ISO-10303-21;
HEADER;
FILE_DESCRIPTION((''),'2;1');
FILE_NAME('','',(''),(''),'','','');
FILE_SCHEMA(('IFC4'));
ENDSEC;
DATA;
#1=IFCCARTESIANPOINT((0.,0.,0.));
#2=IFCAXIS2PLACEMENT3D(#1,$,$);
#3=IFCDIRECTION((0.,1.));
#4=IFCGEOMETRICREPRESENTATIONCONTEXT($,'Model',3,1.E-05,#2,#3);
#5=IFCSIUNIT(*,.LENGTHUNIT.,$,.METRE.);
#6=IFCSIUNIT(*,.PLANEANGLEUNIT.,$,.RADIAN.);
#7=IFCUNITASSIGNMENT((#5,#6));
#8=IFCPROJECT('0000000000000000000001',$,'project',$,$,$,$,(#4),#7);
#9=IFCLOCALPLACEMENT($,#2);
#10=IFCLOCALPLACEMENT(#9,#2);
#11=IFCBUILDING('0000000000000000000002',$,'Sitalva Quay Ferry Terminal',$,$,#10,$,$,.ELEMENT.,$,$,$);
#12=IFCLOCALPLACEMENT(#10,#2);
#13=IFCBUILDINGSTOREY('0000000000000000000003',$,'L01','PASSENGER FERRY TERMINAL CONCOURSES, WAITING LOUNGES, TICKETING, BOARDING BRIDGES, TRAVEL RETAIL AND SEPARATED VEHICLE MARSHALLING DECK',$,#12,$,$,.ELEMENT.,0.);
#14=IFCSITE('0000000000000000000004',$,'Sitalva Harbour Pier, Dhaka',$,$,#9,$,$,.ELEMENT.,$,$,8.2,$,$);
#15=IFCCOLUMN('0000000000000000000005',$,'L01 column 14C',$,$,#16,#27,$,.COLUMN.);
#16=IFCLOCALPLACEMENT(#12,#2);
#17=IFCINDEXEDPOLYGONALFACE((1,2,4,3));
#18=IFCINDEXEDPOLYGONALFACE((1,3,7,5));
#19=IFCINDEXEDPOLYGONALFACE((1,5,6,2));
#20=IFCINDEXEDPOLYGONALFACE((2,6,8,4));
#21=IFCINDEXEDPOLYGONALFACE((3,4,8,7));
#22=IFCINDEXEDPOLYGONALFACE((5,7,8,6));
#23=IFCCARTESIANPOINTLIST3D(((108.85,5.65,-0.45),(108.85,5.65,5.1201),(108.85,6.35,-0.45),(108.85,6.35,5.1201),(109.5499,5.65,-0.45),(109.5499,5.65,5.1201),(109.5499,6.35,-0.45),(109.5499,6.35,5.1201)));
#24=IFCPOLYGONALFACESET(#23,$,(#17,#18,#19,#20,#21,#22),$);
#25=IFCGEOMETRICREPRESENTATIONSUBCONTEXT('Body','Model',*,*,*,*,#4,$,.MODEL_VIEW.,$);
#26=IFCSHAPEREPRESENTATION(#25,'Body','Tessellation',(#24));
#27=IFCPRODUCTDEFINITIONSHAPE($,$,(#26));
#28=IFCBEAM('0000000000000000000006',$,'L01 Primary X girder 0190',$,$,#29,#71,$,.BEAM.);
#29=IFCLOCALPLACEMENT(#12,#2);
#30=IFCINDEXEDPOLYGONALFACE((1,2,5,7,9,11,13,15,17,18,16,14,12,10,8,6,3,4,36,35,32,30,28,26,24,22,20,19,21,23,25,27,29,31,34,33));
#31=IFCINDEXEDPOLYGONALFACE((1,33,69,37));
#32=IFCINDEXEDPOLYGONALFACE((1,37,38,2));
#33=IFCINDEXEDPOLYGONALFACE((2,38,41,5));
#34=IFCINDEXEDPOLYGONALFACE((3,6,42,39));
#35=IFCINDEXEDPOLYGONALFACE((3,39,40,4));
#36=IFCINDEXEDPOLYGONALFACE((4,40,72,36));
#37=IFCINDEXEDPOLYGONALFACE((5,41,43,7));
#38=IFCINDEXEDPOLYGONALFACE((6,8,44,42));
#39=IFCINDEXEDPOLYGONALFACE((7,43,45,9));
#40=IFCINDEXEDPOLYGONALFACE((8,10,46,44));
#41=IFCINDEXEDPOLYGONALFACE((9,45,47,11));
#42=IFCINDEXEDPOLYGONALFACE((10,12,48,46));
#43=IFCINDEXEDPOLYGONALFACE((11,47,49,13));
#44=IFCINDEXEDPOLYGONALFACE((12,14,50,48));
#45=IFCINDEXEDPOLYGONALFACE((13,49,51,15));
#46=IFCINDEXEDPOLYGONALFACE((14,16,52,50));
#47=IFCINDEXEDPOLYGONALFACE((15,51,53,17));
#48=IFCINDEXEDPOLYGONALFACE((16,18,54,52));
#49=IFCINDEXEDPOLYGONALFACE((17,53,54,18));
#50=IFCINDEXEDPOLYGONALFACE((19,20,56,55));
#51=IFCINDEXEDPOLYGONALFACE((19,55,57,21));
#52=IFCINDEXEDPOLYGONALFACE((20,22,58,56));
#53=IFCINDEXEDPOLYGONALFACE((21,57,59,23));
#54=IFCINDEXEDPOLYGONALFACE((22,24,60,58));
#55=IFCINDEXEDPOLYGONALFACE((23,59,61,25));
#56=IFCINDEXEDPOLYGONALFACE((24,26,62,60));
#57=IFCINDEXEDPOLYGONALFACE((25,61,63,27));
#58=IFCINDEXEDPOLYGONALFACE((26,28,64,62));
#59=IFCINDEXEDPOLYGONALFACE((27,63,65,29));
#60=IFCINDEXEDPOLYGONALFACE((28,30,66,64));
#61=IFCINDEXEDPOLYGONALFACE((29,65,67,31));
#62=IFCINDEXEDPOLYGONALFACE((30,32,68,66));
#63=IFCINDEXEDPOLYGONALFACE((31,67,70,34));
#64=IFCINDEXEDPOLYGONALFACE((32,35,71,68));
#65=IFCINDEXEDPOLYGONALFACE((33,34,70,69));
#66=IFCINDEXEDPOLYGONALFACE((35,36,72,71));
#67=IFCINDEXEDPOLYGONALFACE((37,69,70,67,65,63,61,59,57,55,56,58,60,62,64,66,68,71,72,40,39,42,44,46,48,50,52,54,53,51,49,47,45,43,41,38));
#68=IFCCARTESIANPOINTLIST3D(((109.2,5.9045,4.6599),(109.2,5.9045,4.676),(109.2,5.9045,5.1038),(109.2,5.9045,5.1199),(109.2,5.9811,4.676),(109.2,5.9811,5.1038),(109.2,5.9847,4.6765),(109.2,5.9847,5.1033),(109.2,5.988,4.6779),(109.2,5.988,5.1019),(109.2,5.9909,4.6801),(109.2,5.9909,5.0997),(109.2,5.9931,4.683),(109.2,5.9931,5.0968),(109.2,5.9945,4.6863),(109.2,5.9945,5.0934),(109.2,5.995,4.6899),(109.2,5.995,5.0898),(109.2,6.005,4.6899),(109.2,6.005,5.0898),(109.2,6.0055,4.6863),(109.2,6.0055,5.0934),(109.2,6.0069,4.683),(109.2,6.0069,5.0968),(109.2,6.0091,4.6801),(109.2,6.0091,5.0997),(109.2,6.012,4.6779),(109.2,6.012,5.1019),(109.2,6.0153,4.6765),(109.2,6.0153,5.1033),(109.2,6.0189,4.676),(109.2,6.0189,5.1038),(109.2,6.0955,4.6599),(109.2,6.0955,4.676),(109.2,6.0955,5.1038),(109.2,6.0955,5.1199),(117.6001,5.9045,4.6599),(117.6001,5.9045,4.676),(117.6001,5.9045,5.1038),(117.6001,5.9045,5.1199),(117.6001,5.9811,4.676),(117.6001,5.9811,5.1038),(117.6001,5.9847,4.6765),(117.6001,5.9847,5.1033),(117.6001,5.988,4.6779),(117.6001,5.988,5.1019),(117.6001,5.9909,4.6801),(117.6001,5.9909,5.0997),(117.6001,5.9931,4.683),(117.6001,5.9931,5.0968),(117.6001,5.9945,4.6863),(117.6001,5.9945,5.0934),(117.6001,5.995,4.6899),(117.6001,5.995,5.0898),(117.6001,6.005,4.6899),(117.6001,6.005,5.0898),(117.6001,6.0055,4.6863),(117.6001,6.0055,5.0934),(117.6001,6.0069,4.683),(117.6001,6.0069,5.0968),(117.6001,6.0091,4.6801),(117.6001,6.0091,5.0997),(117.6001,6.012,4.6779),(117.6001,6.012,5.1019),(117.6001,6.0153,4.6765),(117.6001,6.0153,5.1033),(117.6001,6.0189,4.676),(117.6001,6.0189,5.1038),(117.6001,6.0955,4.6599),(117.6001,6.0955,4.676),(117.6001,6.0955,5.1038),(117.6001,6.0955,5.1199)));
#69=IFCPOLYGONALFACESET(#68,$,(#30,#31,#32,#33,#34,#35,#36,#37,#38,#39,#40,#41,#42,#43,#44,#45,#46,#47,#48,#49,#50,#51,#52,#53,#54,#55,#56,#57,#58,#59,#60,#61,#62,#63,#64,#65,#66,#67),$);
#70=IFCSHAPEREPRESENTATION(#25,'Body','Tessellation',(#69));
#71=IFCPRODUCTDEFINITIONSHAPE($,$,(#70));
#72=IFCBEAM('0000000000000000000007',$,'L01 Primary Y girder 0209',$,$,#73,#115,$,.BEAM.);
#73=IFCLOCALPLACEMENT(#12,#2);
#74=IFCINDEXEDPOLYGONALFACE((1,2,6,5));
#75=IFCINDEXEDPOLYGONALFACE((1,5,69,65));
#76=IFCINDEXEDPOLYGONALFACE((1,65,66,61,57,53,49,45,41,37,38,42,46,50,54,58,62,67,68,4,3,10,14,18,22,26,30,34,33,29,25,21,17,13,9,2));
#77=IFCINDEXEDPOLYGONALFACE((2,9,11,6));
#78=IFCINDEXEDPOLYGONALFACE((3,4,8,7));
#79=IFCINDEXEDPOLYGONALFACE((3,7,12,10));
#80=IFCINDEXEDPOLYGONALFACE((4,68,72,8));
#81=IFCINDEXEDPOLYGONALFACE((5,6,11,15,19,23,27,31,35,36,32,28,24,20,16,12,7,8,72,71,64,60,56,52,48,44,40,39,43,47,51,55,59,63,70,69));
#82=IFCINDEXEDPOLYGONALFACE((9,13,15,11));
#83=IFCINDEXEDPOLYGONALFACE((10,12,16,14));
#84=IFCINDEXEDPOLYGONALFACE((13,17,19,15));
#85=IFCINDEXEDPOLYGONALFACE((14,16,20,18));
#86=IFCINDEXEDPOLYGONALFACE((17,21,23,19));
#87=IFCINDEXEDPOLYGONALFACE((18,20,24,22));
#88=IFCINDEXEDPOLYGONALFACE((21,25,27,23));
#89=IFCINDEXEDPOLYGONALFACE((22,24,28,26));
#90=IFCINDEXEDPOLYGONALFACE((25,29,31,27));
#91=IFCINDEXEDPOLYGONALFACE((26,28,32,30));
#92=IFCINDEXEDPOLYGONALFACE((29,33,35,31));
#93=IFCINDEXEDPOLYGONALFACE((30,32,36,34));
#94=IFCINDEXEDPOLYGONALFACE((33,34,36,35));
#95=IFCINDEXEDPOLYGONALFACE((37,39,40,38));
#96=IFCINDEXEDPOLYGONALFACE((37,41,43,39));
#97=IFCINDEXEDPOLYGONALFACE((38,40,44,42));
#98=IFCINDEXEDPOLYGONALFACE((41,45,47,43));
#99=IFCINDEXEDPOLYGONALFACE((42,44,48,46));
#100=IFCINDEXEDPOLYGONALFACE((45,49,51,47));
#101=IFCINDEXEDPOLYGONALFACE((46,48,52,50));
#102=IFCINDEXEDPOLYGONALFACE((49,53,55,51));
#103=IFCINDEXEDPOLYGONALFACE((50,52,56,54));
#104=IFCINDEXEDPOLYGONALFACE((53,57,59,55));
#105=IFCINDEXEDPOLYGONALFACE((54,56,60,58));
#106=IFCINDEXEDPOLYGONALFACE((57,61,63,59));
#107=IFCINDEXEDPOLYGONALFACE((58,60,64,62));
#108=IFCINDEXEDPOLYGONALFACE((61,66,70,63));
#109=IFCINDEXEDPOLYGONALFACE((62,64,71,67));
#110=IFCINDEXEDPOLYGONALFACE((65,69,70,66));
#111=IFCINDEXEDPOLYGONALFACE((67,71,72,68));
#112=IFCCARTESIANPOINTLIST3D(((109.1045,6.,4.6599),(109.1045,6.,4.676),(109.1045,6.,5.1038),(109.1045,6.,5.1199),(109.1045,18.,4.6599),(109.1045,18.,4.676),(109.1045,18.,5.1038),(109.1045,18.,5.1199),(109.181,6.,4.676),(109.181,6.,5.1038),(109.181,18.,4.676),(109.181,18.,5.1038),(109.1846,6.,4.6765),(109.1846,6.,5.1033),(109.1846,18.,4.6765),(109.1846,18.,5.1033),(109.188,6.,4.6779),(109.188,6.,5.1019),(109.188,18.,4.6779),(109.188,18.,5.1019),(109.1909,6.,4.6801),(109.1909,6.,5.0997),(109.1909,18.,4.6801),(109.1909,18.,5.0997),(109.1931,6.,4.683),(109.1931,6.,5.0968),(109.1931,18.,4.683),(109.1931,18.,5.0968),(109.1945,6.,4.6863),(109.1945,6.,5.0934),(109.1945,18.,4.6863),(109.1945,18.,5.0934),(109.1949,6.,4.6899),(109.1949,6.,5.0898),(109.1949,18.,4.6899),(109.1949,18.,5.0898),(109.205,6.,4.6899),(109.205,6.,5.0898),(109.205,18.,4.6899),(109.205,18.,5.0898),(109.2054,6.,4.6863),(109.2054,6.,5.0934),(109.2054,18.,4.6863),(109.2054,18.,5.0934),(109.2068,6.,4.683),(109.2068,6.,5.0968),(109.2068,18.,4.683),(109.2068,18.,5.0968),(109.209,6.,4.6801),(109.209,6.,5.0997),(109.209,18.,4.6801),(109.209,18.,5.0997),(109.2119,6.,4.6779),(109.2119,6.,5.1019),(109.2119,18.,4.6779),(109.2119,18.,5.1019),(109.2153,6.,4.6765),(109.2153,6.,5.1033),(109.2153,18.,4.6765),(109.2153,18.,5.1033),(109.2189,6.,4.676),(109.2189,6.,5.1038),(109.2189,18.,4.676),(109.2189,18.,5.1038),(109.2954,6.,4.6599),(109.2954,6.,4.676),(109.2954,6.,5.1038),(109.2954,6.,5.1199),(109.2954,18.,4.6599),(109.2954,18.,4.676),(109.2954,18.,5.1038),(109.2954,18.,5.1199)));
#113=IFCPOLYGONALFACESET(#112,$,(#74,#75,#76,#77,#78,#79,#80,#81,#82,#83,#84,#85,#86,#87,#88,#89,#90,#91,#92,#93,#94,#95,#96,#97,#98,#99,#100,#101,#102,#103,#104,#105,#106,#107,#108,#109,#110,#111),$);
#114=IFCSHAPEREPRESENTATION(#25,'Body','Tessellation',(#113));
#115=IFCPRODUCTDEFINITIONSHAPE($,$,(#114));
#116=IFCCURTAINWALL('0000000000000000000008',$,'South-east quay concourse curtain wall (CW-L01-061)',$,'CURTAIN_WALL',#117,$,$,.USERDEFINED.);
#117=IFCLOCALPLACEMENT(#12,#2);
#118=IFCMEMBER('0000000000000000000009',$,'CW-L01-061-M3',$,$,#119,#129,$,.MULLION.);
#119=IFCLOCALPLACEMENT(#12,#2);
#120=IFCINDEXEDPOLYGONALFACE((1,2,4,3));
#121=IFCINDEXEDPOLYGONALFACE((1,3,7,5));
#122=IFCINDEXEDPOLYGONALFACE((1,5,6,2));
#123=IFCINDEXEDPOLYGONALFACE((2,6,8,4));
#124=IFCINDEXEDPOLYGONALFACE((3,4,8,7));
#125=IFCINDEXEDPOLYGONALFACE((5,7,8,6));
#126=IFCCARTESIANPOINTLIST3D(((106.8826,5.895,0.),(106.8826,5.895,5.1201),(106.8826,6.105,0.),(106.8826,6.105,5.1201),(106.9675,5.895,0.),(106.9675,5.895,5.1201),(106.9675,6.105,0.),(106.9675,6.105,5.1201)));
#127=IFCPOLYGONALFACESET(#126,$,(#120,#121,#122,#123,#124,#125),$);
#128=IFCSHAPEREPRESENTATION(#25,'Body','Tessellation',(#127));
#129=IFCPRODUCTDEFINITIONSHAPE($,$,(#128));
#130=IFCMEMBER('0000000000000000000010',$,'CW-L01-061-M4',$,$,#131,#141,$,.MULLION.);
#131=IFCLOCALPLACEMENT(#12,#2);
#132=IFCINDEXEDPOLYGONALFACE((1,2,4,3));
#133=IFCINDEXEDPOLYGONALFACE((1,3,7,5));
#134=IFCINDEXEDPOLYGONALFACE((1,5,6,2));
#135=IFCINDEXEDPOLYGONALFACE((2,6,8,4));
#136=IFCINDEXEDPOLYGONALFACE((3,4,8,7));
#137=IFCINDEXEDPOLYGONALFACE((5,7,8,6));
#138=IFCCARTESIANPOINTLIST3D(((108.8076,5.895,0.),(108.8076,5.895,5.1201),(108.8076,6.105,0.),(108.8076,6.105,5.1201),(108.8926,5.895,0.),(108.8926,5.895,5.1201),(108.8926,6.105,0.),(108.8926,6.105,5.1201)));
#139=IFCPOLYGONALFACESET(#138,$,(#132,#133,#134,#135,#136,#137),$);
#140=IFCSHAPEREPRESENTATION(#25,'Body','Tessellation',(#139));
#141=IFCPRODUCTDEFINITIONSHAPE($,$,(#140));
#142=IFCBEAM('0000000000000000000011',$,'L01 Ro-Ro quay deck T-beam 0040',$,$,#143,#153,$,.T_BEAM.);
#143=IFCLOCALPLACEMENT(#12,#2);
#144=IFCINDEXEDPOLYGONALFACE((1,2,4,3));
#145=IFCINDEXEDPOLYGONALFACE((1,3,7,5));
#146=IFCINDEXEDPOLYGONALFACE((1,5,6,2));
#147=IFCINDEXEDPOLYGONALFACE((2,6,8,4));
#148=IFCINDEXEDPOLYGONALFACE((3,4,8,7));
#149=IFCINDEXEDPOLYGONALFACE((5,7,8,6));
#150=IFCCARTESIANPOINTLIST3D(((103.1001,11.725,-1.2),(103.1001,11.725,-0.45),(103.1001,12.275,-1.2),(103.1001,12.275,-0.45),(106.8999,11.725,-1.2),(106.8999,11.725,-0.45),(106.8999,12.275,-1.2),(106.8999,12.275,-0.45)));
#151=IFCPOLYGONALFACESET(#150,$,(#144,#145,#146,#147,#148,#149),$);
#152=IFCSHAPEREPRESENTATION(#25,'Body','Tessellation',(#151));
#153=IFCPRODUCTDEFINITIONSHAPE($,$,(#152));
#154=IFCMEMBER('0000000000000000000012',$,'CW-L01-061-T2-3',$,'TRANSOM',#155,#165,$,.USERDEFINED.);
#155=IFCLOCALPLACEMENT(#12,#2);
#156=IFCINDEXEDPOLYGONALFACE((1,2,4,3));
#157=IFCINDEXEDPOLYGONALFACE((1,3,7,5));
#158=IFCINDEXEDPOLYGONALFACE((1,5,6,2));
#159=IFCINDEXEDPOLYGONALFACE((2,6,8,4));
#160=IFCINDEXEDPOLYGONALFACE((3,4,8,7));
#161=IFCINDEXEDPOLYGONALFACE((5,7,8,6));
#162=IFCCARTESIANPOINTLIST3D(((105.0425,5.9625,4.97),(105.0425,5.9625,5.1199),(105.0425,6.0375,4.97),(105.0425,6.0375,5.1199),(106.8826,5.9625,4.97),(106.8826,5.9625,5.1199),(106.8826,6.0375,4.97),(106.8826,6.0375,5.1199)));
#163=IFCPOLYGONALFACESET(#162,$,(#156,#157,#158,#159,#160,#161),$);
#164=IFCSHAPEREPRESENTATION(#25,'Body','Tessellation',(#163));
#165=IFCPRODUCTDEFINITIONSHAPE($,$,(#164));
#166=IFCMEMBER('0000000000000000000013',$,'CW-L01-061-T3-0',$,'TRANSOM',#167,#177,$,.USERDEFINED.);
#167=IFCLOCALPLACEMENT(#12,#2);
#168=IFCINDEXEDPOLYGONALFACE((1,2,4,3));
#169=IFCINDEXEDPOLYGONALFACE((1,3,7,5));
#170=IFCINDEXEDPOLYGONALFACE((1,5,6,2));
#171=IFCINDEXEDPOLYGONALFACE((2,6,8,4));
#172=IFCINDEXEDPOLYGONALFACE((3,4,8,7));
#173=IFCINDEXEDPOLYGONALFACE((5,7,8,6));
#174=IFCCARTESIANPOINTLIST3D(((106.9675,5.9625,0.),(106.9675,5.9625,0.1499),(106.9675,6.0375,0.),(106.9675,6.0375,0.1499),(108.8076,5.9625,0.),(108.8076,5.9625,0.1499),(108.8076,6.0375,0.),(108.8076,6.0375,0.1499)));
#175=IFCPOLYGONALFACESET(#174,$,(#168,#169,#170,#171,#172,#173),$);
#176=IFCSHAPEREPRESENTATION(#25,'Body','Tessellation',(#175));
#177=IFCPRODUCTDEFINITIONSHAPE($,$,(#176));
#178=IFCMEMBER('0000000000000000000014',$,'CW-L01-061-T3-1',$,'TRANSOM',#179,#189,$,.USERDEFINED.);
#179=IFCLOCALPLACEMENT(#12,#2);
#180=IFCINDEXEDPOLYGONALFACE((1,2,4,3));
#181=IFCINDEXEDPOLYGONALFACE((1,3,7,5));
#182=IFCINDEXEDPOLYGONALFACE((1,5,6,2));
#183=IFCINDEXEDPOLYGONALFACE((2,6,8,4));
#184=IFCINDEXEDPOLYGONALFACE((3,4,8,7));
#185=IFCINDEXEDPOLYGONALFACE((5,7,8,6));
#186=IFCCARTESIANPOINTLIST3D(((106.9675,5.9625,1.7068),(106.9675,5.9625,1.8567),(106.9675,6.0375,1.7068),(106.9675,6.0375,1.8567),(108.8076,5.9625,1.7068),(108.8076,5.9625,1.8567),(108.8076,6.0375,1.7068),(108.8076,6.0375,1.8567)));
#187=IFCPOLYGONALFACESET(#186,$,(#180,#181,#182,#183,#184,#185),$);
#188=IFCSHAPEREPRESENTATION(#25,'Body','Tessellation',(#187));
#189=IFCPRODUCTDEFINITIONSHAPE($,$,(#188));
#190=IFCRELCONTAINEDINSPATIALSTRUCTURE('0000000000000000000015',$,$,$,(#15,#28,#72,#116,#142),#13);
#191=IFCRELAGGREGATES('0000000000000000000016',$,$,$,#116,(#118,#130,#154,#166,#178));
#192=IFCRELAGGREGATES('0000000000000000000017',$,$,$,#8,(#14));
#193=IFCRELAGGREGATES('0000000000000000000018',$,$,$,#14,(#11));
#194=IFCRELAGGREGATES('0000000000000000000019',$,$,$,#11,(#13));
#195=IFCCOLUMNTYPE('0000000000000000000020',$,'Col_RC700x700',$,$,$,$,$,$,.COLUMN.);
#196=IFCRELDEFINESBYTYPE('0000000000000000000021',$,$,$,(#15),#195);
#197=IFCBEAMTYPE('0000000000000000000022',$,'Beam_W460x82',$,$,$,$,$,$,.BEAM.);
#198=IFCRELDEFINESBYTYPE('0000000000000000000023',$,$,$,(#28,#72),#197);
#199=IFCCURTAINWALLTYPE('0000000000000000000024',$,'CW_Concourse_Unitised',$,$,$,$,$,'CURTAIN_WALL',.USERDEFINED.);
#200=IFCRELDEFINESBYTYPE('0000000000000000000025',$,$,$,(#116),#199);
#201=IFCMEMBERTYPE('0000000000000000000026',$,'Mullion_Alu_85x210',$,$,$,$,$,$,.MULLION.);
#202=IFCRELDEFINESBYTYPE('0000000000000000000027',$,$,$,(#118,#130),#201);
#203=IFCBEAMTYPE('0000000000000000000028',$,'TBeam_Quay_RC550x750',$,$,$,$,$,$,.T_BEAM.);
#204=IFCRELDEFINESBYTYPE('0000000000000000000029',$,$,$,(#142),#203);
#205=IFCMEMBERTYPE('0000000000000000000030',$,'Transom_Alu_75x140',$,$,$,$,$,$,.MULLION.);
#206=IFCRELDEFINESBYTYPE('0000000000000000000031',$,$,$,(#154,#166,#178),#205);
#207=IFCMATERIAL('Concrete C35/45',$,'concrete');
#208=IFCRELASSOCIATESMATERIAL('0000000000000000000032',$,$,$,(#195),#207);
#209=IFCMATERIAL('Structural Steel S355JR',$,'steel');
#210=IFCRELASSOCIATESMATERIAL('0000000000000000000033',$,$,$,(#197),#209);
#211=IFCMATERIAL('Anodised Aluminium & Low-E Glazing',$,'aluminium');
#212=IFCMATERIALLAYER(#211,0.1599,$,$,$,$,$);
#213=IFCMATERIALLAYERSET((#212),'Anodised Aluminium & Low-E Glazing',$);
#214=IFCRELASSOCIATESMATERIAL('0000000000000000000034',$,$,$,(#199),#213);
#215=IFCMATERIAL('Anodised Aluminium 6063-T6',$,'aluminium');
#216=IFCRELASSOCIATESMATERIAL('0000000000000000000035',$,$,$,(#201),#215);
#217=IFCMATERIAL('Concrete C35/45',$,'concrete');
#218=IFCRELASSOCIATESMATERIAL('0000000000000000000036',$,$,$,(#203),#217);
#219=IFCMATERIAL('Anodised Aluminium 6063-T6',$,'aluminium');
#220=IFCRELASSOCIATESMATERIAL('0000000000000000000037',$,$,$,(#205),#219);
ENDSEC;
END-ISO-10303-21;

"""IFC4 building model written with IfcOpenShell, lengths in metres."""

from ifc_helpers import new_model, si_unit, direction, frame, origin, origin_2d, place, context, subcontext, project, spatial, rectangle, i_section, extrude, material, layer, layer_set, material_profile, profile_set, type_object, element, aggregate, save


model = new_model("IFC4")

# Units and contexts
model_context = context("Model", 3, precision=1e-05, world=origin(), true_north=direction((0.0, 1.0)))
body_context = subcontext(model_context, "Body", "Model", "MODEL_VIEW")
ifc_project = project(units=[si_unit("LENGTHUNIT", "METRE"), si_unit("PLANEANGLEUNIT", "RADIAN")], contexts=[model_context])

# Site, building, storey
site_placement = place(None, origin())
site = spatial("IfcSite", under=ifc_project, at=site_placement, Name="Sitalva Harbour Pier, Dhaka", CompositionType="ELEMENT", RefElevation=8.2)
building_placement = place(site_placement, origin())
building = spatial("IfcBuilding", under=site, at=building_placement, Name="Sitalva Quay Ferry Terminal", CompositionType="ELEMENT")
storey_placement = place(building_placement, origin())
storey = spatial("IfcBuildingStorey", under=building, at=storey_placement, Name="L01", Description="PASSENGER FERRY TERMINAL CONCOURSES, WAITING LOUNGES, TICKETING, BOARDING BRIDGES, TRAVEL RETAIL AND SEPARATED VEHICLE MARSHALLING DECK", CompositionType="ELEMENT", Elevation=0.0)

# Column
ifc_material_1 = material(Name="Concrete C35/45", Category="concrete")
ifc_material_profile_1 = material_profile(ifc_material_1, rectangle(XDim=0.7, YDim=0.7, at=origin_2d()), Name="RC700x700")
ifc_profile_set_1 = profile_set([ifc_material_profile_1], Name="Concrete C35/45")
column_type = type_object("IfcColumnType", Name="Col_RC700x700", PredefinedType="COLUMN", material=ifc_profile_set_1)
column_placement = place(storey_placement, frame((109.2, 6.0, -0.45), z_axis=(0.0, 0.0, 1.0), x_axis=(1.0, 0.0, 0.0)))
element("IfcColumn", 1, at=column_placement, inside=storey, type_object=column_type, Name="L01 column 14C", PredefinedType="COLUMN", context=body_context, shape_type="SweptSolid", body=[
    extrude(rectangle(XDim=0.7, YDim=0.7, at=origin_2d()), origin(), (0.0, 0.0, 1.0), 5.5701),
])

# Beams
ifc_material_2 = material(Name="Structural Steel S355JR", Category="steel")
ifc_material_profile_2 = material_profile(ifc_material_2, i_section(OverallWidth=0.1909, OverallDepth=0.46, WebThickness=0.01, FlangeThickness=0.0161, FilletRadius=0.0139, at=origin_2d()), Name="W460x82")
ifc_profile_set_2 = profile_set([ifc_material_profile_2], Name="Structural Steel S355JR")
beam_type_1 = type_object("IfcBeamType", Name="Beam_W460x82", PredefinedType="BEAM", material=ifc_profile_set_2)
beam_1_placement = place(storey_placement, frame((109.2, 6.0, 4.8899), z_axis=(1.0, 0.0, 0.0), x_axis=(0.0, 1.0, 0.0)))
element("IfcBeam", 2, at=beam_1_placement, inside=storey, type_object=beam_type_1, Name="L01 Primary X girder 0190", PredefinedType="BEAM", context=body_context, shape_type="SweptSolid", body=[
    extrude(i_section(OverallWidth=0.1909, OverallDepth=0.46, WebThickness=0.01, FlangeThickness=0.0161, FilletRadius=0.0139, at=origin_2d()), origin(), (0.0, 0.0, 1.0), 8.4001),
])
beam_2_placement = place(storey_placement, frame((109.2, 6.0, 4.8899), z_axis=(0.0, 1.0, 0.0), x_axis=(-1.0, 0.0, 0.0)))
element("IfcBeam", 3, at=beam_2_placement, inside=storey, type_object=beam_type_1, Name="L01 Primary Y girder 0209", PredefinedType="BEAM", context=body_context, shape_type="SweptSolid", body=[
    extrude(i_section(OverallWidth=0.1909, OverallDepth=0.46, WebThickness=0.01, FlangeThickness=0.0161, FilletRadius=0.0139, at=origin_2d()), origin(), (0.0, 0.0, 1.0), 12.0),
])

# Curtain wall, members
ifc_material_3 = material(Name="Anodised Aluminium & Low-E Glazing", Category="aluminium")
ifc_layer_1 = layer(ifc_material_3, 0.1599)
ifc_layer_set_1 = layer_set([ifc_layer_1], Name="Anodised Aluminium & Low-E Glazing")
curtain_wall_type = type_object("IfcCurtainWallType", Name="CW_Concourse_Unitised", ElementType="CURTAIN_WALL", PredefinedType="USERDEFINED", material=ifc_layer_set_1)
curtain_wall_placement = place(storey_placement, origin())
curtain_wall = element("IfcCurtainWall", 4, at=curtain_wall_placement, inside=storey, type_object=curtain_wall_type, Name="South-east quay concourse curtain wall (CW-L01-061)", ObjectType="CURTAIN_WALL", PredefinedType="USERDEFINED")
ifc_material_4 = material(Name="Anodised Aluminium 6063-T6", Category="aluminium")
ifc_material_profile_3 = material_profile(ifc_material_4, rectangle(XDim=0.085, YDim=0.21, at=origin_2d()), Name="ALU85x210")
ifc_profile_set_3 = profile_set([ifc_material_profile_3], Name="Anodised Aluminium 6063-T6")
member_type_1 = type_object("IfcMemberType", Name="Mullion_Alu_85x210", PredefinedType="MULLION", material=ifc_profile_set_3)
member_1_placement = place(storey_placement, frame((106.925, 6.0, 0.0), z_axis=(0.0, 0.0, 1.0), x_axis=(1.0, 0.0, 0.0)))
member_1 = element("IfcMember", 5, at=member_1_placement, type_object=member_type_1, Name="CW-L01-061-M3", PredefinedType="MULLION", context=body_context, shape_type="SweptSolid", body=[
    extrude(rectangle(XDim=0.085, YDim=0.21, at=origin_2d()), origin(), (0.0, 0.0, 1.0), 5.1201),
])
member_2_placement = place(storey_placement, frame((108.8501, 6.0, 0.0), z_axis=(0.0, 0.0, 1.0), x_axis=(1.0, 0.0, 0.0)))
member_2 = element("IfcMember", 6, at=member_2_placement, type_object=member_type_1, Name="CW-L01-061-M4", PredefinedType="MULLION", context=body_context, shape_type="SweptSolid", body=[
    extrude(rectangle(XDim=0.085, YDim=0.21, at=origin_2d()), origin(), (0.0, 0.0, 1.0), 5.1201),
])

# Beam
ifc_material_5 = material(Name="Concrete C35/45", Category="concrete")
ifc_material_profile_4 = material_profile(ifc_material_5, rectangle(XDim=0.55, YDim=0.75, at=origin_2d()), Name="RC550x750")
ifc_profile_set_4 = profile_set([ifc_material_profile_4], Name="Concrete C35/45")
beam_type_2 = type_object("IfcBeamType", Name="TBeam_Quay_RC550x750", PredefinedType="T_BEAM", material=ifc_profile_set_4)
beam_3_placement = place(storey_placement, frame((103.1001, 12.0, -0.825), z_axis=(1.0, 0.0, 0.0), x_axis=(0.0, 1.0, 0.0)))
element("IfcBeam", 7, at=beam_3_placement, inside=storey, type_object=beam_type_2, Name="L01 Ro-Ro quay deck T-beam 0040", PredefinedType="T_BEAM", context=body_context, shape_type="SweptSolid", body=[
    extrude(rectangle(XDim=0.55, YDim=0.75, at=origin_2d()), origin(), (0.0, 0.0, 1.0), 3.7998),
])

# Members
ifc_material_6 = material(Name="Anodised Aluminium 6063-T6", Category="aluminium")
ifc_material_profile_5 = material_profile(ifc_material_6, rectangle(XDim=0.075, YDim=0.1499, at=origin_2d()), Name="ALU75x150")
ifc_profile_set_5 = profile_set([ifc_material_profile_5], Name="Anodised Aluminium 6063-T6")
member_type_2 = type_object("IfcMemberType", Name="Transom_Alu_75x140", PredefinedType="MULLION", material=ifc_profile_set_5)
member_3_placement = place(storey_placement, frame((105.0425, 6.0, 5.0449), z_axis=(1.0, 0.0, 0.0), x_axis=(0.0, 1.0, 0.0)))
member_3 = element("IfcMember", 8, at=member_3_placement, type_object=member_type_2, Name="CW-L01-061-T2-3", ObjectType="TRANSOM", PredefinedType="USERDEFINED", context=body_context, shape_type="SweptSolid", body=[
    extrude(rectangle(XDim=0.075, YDim=0.1499, at=origin_2d()), origin(), (0.0, 0.0, 1.0), 1.8401),
])
member_4_placement = place(storey_placement, frame((106.9675, 6.0, 0.075), z_axis=(1.0, 0.0, 0.0), x_axis=(0.0, 1.0, 0.0)))
member_4 = element("IfcMember", 9, at=member_4_placement, type_object=member_type_2, Name="CW-L01-061-T3-0", ObjectType="TRANSOM", PredefinedType="USERDEFINED", context=body_context, shape_type="SweptSolid", body=[
    extrude(rectangle(XDim=0.075, YDim=0.1499, at=origin_2d()), origin(), (0.0, 0.0, 1.0), 1.8401),
])
member_5_placement = place(storey_placement, frame((106.9675, 6.0, 1.7817), z_axis=(1.0, 0.0, 0.0), x_axis=(0.0, 1.0, 0.0)))
member_5 = element("IfcMember", 10, at=member_5_placement, type_object=member_type_2, Name="CW-L01-061-T3-1", ObjectType="TRANSOM", PredefinedType="USERDEFINED", context=body_context, shape_type="SweptSolid", body=[
    extrude(rectangle(XDim=0.075, YDim=0.1499, at=origin_2d()), origin(), (0.0, 0.0, 1.0), 1.8401),
])

aggregate(curtain_wall, [member_1, member_2, member_3, member_4, member_5])

save(model, "model.ifc")
